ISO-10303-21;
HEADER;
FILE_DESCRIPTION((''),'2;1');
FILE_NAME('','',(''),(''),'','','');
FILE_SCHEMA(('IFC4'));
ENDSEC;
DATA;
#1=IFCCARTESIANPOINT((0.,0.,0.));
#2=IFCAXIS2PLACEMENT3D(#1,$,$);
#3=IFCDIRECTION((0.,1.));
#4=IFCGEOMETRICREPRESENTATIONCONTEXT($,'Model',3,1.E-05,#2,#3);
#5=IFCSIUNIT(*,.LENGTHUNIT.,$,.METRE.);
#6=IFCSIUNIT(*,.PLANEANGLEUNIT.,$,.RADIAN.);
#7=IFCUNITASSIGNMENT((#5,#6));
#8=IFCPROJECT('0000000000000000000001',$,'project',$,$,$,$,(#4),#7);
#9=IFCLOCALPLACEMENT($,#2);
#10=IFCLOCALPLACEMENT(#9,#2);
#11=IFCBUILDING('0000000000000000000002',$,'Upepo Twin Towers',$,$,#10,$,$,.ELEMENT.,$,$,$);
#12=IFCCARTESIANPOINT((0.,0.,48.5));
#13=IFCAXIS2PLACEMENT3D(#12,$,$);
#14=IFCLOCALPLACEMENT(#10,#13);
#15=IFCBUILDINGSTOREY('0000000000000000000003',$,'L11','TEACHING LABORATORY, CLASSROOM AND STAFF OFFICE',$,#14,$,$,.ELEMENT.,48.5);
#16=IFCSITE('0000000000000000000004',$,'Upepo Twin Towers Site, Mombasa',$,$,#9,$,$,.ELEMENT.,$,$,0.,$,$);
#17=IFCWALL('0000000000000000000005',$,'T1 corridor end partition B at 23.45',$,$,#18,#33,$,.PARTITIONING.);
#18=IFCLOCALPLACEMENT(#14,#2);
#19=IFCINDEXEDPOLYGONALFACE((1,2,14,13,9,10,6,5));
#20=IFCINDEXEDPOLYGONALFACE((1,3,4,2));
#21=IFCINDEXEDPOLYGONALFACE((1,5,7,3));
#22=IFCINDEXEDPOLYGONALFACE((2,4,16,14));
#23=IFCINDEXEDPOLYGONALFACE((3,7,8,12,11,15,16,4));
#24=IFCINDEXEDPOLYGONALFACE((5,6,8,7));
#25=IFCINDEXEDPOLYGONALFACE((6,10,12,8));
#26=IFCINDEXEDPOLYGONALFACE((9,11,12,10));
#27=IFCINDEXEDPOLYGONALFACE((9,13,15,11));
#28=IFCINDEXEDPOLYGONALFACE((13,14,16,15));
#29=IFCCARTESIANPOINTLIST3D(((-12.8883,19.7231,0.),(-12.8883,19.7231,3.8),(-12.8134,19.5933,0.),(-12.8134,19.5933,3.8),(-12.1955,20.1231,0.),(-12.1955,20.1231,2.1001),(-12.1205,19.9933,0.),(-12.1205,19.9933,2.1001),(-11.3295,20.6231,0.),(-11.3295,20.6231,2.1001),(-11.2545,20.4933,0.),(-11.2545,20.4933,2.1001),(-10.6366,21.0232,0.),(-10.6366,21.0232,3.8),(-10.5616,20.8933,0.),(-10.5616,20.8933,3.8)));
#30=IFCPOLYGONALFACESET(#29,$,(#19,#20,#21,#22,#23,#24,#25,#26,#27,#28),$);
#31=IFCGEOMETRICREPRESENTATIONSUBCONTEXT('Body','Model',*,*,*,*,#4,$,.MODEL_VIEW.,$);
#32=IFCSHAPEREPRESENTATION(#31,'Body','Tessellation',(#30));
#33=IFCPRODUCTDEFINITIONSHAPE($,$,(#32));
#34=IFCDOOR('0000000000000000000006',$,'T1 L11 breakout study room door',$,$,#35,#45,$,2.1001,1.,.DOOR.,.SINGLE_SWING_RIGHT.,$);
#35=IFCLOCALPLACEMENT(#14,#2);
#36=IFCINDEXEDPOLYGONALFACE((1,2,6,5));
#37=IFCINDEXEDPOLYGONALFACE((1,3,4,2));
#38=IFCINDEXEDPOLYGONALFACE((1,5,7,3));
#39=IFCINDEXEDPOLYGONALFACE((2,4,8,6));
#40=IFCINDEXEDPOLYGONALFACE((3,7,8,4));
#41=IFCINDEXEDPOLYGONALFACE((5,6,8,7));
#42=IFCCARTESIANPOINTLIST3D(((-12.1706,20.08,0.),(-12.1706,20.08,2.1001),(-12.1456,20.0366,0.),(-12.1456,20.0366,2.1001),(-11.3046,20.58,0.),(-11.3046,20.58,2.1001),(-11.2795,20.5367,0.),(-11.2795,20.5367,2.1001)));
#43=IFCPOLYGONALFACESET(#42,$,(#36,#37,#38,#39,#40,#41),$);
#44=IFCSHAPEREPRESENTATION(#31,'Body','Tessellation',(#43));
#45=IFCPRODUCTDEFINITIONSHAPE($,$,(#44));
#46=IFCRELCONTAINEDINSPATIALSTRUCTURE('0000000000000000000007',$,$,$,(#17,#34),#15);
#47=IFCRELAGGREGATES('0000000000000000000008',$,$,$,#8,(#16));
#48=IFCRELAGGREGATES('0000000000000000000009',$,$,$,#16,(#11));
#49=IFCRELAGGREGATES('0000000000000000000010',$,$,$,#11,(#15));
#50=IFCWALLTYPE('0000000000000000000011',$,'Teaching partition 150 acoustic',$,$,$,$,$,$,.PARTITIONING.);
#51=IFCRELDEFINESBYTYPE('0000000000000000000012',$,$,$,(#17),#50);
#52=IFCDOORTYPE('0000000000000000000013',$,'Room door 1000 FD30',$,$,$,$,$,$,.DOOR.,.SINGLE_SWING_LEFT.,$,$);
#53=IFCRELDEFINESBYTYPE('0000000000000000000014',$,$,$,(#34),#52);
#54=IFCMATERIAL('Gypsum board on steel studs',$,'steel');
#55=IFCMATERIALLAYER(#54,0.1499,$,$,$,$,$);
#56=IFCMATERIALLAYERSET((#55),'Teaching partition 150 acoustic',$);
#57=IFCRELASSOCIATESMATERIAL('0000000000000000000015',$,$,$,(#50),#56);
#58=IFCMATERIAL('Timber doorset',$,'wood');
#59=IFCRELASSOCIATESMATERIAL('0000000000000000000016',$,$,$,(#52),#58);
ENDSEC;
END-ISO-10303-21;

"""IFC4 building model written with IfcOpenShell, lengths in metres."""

from ifc_helpers import new_model, si_unit, direction, frame, frame_2d, origin, place, context, subcontext, project, spatial, rectangle, extrude, material, layer, layer_set, type_object, element, fill, save


model = new_model("IFC4")

# Units and contexts
model_context = context("Model", 3, precision=1e-05, world=origin(), true_north=direction((0.0, 1.0)))
body_context = subcontext(model_context, "Body", "Model", "MODEL_VIEW")
ifc_project = project(units=[si_unit("LENGTHUNIT", "METRE"), si_unit("PLANEANGLEUNIT", "RADIAN")], contexts=[model_context])

# Site, building, storey
site_placement = place(None, origin())
site = spatial("IfcSite", under=ifc_project, at=site_placement, Name="Upepo Twin Towers Site, Mombasa", CompositionType="ELEMENT", RefElevation=0.0)
building_placement = place(site_placement, origin())
building = spatial("IfcBuilding", under=site, at=building_placement, Name="Upepo Twin Towers", CompositionType="ELEMENT")
storey_placement = place(building_placement, frame((0.0, 0.0, 48.5)))
storey = spatial("IfcBuildingStorey", under=building, at=storey_placement, Name="L11", Description="TEACHING LABORATORY, CLASSROOM AND STAFF OFFICE", CompositionType="ELEMENT", Elevation=48.5)

# Shared definitions
ifc_material_1 = material(Name="Gypsum board on steel studs", Category="steel")
ifc_layer_1 = layer(ifc_material_1, 0.1499)
ifc_layer_set_1 = layer_set([ifc_layer_1], Name="Teaching partition 150 acoustic")
wall_type_1 = type_object("IfcWallType", Name="Teaching partition 150 acoustic", PredefinedType="PARTITIONING", material=ifc_layer_set_1)

# Shared definitions
ifc_material_2 = material(Name="Timber doorset", Category="wood")
door_type = type_object("IfcDoorType", Name="Room door 1000 FD30", OperationType="SINGLE_SWING_LEFT", PredefinedType="DOOR", material=ifc_material_2)

# Wall, opening, door
wall_1_placement = place(storey_placement, frame((-10.5991, 20.9583, 0.0), z_axis=(0.0, 0.0, 1.0), x_axis=(-0.866021, -0.500007, 0.0)))
wall_1 = element("IfcWall", 1, at=wall_1_placement, inside=storey, type_object=wall_type_1, Name="T1 corridor end partition B at 23.45", PredefinedType="PARTITIONING", context=body_context, shape_type="SweptSolid", body=[
    extrude(rectangle(XDim=2.6001, YDim=0.1499, at=frame_2d((1.3, 0.0))), origin(), (0.0, 0.0, 1.0), 3.8),
])
opening_1_placement = place(wall_1_placement, frame((0.8, 0.0, 0.0)))
opening_1 = element("IfcOpeningElement", 2, at=opening_1_placement, cuts=wall_1, PredefinedType="OPENING", context=body_context, shape_type="SweptSolid", body=[
    extrude(rectangle(XDim=1.0, YDim=2.1001, at=frame_2d((0.5, 1.05))), frame((0.0, 0.085, 0.0), z_axis=(0.0, -1.0, 0.0), x_axis=(1.0, 0.0, 0.0)), (0.0, 0.0, 1.0), 0.1699),
])
door_1_placement = place(opening_1_placement, origin())
door_1 = element("IfcDoor", 3, at=door_1_placement, inside=storey, type_object=door_type, Name="T1 L11 breakout study room door", OperationType="SINGLE_SWING_RIGHT", OverallHeight=2.1001, OverallWidth=1.0, PredefinedType="DOOR", context=body_context, shape_type="SweptSolid", body=[
    extrude(rectangle(XDim=1.0, YDim=2.1001, at=frame_2d((0.5, 1.05))), frame((0.0, 0.0249, 0.0), z_axis=(0.0, -1.0, 0.0), x_axis=(1.0, 0.0, 0.0)), (0.0, 0.0, 1.0), 0.05),
])
fill(opening_1, door_1)

save(model, "model.ifc")
